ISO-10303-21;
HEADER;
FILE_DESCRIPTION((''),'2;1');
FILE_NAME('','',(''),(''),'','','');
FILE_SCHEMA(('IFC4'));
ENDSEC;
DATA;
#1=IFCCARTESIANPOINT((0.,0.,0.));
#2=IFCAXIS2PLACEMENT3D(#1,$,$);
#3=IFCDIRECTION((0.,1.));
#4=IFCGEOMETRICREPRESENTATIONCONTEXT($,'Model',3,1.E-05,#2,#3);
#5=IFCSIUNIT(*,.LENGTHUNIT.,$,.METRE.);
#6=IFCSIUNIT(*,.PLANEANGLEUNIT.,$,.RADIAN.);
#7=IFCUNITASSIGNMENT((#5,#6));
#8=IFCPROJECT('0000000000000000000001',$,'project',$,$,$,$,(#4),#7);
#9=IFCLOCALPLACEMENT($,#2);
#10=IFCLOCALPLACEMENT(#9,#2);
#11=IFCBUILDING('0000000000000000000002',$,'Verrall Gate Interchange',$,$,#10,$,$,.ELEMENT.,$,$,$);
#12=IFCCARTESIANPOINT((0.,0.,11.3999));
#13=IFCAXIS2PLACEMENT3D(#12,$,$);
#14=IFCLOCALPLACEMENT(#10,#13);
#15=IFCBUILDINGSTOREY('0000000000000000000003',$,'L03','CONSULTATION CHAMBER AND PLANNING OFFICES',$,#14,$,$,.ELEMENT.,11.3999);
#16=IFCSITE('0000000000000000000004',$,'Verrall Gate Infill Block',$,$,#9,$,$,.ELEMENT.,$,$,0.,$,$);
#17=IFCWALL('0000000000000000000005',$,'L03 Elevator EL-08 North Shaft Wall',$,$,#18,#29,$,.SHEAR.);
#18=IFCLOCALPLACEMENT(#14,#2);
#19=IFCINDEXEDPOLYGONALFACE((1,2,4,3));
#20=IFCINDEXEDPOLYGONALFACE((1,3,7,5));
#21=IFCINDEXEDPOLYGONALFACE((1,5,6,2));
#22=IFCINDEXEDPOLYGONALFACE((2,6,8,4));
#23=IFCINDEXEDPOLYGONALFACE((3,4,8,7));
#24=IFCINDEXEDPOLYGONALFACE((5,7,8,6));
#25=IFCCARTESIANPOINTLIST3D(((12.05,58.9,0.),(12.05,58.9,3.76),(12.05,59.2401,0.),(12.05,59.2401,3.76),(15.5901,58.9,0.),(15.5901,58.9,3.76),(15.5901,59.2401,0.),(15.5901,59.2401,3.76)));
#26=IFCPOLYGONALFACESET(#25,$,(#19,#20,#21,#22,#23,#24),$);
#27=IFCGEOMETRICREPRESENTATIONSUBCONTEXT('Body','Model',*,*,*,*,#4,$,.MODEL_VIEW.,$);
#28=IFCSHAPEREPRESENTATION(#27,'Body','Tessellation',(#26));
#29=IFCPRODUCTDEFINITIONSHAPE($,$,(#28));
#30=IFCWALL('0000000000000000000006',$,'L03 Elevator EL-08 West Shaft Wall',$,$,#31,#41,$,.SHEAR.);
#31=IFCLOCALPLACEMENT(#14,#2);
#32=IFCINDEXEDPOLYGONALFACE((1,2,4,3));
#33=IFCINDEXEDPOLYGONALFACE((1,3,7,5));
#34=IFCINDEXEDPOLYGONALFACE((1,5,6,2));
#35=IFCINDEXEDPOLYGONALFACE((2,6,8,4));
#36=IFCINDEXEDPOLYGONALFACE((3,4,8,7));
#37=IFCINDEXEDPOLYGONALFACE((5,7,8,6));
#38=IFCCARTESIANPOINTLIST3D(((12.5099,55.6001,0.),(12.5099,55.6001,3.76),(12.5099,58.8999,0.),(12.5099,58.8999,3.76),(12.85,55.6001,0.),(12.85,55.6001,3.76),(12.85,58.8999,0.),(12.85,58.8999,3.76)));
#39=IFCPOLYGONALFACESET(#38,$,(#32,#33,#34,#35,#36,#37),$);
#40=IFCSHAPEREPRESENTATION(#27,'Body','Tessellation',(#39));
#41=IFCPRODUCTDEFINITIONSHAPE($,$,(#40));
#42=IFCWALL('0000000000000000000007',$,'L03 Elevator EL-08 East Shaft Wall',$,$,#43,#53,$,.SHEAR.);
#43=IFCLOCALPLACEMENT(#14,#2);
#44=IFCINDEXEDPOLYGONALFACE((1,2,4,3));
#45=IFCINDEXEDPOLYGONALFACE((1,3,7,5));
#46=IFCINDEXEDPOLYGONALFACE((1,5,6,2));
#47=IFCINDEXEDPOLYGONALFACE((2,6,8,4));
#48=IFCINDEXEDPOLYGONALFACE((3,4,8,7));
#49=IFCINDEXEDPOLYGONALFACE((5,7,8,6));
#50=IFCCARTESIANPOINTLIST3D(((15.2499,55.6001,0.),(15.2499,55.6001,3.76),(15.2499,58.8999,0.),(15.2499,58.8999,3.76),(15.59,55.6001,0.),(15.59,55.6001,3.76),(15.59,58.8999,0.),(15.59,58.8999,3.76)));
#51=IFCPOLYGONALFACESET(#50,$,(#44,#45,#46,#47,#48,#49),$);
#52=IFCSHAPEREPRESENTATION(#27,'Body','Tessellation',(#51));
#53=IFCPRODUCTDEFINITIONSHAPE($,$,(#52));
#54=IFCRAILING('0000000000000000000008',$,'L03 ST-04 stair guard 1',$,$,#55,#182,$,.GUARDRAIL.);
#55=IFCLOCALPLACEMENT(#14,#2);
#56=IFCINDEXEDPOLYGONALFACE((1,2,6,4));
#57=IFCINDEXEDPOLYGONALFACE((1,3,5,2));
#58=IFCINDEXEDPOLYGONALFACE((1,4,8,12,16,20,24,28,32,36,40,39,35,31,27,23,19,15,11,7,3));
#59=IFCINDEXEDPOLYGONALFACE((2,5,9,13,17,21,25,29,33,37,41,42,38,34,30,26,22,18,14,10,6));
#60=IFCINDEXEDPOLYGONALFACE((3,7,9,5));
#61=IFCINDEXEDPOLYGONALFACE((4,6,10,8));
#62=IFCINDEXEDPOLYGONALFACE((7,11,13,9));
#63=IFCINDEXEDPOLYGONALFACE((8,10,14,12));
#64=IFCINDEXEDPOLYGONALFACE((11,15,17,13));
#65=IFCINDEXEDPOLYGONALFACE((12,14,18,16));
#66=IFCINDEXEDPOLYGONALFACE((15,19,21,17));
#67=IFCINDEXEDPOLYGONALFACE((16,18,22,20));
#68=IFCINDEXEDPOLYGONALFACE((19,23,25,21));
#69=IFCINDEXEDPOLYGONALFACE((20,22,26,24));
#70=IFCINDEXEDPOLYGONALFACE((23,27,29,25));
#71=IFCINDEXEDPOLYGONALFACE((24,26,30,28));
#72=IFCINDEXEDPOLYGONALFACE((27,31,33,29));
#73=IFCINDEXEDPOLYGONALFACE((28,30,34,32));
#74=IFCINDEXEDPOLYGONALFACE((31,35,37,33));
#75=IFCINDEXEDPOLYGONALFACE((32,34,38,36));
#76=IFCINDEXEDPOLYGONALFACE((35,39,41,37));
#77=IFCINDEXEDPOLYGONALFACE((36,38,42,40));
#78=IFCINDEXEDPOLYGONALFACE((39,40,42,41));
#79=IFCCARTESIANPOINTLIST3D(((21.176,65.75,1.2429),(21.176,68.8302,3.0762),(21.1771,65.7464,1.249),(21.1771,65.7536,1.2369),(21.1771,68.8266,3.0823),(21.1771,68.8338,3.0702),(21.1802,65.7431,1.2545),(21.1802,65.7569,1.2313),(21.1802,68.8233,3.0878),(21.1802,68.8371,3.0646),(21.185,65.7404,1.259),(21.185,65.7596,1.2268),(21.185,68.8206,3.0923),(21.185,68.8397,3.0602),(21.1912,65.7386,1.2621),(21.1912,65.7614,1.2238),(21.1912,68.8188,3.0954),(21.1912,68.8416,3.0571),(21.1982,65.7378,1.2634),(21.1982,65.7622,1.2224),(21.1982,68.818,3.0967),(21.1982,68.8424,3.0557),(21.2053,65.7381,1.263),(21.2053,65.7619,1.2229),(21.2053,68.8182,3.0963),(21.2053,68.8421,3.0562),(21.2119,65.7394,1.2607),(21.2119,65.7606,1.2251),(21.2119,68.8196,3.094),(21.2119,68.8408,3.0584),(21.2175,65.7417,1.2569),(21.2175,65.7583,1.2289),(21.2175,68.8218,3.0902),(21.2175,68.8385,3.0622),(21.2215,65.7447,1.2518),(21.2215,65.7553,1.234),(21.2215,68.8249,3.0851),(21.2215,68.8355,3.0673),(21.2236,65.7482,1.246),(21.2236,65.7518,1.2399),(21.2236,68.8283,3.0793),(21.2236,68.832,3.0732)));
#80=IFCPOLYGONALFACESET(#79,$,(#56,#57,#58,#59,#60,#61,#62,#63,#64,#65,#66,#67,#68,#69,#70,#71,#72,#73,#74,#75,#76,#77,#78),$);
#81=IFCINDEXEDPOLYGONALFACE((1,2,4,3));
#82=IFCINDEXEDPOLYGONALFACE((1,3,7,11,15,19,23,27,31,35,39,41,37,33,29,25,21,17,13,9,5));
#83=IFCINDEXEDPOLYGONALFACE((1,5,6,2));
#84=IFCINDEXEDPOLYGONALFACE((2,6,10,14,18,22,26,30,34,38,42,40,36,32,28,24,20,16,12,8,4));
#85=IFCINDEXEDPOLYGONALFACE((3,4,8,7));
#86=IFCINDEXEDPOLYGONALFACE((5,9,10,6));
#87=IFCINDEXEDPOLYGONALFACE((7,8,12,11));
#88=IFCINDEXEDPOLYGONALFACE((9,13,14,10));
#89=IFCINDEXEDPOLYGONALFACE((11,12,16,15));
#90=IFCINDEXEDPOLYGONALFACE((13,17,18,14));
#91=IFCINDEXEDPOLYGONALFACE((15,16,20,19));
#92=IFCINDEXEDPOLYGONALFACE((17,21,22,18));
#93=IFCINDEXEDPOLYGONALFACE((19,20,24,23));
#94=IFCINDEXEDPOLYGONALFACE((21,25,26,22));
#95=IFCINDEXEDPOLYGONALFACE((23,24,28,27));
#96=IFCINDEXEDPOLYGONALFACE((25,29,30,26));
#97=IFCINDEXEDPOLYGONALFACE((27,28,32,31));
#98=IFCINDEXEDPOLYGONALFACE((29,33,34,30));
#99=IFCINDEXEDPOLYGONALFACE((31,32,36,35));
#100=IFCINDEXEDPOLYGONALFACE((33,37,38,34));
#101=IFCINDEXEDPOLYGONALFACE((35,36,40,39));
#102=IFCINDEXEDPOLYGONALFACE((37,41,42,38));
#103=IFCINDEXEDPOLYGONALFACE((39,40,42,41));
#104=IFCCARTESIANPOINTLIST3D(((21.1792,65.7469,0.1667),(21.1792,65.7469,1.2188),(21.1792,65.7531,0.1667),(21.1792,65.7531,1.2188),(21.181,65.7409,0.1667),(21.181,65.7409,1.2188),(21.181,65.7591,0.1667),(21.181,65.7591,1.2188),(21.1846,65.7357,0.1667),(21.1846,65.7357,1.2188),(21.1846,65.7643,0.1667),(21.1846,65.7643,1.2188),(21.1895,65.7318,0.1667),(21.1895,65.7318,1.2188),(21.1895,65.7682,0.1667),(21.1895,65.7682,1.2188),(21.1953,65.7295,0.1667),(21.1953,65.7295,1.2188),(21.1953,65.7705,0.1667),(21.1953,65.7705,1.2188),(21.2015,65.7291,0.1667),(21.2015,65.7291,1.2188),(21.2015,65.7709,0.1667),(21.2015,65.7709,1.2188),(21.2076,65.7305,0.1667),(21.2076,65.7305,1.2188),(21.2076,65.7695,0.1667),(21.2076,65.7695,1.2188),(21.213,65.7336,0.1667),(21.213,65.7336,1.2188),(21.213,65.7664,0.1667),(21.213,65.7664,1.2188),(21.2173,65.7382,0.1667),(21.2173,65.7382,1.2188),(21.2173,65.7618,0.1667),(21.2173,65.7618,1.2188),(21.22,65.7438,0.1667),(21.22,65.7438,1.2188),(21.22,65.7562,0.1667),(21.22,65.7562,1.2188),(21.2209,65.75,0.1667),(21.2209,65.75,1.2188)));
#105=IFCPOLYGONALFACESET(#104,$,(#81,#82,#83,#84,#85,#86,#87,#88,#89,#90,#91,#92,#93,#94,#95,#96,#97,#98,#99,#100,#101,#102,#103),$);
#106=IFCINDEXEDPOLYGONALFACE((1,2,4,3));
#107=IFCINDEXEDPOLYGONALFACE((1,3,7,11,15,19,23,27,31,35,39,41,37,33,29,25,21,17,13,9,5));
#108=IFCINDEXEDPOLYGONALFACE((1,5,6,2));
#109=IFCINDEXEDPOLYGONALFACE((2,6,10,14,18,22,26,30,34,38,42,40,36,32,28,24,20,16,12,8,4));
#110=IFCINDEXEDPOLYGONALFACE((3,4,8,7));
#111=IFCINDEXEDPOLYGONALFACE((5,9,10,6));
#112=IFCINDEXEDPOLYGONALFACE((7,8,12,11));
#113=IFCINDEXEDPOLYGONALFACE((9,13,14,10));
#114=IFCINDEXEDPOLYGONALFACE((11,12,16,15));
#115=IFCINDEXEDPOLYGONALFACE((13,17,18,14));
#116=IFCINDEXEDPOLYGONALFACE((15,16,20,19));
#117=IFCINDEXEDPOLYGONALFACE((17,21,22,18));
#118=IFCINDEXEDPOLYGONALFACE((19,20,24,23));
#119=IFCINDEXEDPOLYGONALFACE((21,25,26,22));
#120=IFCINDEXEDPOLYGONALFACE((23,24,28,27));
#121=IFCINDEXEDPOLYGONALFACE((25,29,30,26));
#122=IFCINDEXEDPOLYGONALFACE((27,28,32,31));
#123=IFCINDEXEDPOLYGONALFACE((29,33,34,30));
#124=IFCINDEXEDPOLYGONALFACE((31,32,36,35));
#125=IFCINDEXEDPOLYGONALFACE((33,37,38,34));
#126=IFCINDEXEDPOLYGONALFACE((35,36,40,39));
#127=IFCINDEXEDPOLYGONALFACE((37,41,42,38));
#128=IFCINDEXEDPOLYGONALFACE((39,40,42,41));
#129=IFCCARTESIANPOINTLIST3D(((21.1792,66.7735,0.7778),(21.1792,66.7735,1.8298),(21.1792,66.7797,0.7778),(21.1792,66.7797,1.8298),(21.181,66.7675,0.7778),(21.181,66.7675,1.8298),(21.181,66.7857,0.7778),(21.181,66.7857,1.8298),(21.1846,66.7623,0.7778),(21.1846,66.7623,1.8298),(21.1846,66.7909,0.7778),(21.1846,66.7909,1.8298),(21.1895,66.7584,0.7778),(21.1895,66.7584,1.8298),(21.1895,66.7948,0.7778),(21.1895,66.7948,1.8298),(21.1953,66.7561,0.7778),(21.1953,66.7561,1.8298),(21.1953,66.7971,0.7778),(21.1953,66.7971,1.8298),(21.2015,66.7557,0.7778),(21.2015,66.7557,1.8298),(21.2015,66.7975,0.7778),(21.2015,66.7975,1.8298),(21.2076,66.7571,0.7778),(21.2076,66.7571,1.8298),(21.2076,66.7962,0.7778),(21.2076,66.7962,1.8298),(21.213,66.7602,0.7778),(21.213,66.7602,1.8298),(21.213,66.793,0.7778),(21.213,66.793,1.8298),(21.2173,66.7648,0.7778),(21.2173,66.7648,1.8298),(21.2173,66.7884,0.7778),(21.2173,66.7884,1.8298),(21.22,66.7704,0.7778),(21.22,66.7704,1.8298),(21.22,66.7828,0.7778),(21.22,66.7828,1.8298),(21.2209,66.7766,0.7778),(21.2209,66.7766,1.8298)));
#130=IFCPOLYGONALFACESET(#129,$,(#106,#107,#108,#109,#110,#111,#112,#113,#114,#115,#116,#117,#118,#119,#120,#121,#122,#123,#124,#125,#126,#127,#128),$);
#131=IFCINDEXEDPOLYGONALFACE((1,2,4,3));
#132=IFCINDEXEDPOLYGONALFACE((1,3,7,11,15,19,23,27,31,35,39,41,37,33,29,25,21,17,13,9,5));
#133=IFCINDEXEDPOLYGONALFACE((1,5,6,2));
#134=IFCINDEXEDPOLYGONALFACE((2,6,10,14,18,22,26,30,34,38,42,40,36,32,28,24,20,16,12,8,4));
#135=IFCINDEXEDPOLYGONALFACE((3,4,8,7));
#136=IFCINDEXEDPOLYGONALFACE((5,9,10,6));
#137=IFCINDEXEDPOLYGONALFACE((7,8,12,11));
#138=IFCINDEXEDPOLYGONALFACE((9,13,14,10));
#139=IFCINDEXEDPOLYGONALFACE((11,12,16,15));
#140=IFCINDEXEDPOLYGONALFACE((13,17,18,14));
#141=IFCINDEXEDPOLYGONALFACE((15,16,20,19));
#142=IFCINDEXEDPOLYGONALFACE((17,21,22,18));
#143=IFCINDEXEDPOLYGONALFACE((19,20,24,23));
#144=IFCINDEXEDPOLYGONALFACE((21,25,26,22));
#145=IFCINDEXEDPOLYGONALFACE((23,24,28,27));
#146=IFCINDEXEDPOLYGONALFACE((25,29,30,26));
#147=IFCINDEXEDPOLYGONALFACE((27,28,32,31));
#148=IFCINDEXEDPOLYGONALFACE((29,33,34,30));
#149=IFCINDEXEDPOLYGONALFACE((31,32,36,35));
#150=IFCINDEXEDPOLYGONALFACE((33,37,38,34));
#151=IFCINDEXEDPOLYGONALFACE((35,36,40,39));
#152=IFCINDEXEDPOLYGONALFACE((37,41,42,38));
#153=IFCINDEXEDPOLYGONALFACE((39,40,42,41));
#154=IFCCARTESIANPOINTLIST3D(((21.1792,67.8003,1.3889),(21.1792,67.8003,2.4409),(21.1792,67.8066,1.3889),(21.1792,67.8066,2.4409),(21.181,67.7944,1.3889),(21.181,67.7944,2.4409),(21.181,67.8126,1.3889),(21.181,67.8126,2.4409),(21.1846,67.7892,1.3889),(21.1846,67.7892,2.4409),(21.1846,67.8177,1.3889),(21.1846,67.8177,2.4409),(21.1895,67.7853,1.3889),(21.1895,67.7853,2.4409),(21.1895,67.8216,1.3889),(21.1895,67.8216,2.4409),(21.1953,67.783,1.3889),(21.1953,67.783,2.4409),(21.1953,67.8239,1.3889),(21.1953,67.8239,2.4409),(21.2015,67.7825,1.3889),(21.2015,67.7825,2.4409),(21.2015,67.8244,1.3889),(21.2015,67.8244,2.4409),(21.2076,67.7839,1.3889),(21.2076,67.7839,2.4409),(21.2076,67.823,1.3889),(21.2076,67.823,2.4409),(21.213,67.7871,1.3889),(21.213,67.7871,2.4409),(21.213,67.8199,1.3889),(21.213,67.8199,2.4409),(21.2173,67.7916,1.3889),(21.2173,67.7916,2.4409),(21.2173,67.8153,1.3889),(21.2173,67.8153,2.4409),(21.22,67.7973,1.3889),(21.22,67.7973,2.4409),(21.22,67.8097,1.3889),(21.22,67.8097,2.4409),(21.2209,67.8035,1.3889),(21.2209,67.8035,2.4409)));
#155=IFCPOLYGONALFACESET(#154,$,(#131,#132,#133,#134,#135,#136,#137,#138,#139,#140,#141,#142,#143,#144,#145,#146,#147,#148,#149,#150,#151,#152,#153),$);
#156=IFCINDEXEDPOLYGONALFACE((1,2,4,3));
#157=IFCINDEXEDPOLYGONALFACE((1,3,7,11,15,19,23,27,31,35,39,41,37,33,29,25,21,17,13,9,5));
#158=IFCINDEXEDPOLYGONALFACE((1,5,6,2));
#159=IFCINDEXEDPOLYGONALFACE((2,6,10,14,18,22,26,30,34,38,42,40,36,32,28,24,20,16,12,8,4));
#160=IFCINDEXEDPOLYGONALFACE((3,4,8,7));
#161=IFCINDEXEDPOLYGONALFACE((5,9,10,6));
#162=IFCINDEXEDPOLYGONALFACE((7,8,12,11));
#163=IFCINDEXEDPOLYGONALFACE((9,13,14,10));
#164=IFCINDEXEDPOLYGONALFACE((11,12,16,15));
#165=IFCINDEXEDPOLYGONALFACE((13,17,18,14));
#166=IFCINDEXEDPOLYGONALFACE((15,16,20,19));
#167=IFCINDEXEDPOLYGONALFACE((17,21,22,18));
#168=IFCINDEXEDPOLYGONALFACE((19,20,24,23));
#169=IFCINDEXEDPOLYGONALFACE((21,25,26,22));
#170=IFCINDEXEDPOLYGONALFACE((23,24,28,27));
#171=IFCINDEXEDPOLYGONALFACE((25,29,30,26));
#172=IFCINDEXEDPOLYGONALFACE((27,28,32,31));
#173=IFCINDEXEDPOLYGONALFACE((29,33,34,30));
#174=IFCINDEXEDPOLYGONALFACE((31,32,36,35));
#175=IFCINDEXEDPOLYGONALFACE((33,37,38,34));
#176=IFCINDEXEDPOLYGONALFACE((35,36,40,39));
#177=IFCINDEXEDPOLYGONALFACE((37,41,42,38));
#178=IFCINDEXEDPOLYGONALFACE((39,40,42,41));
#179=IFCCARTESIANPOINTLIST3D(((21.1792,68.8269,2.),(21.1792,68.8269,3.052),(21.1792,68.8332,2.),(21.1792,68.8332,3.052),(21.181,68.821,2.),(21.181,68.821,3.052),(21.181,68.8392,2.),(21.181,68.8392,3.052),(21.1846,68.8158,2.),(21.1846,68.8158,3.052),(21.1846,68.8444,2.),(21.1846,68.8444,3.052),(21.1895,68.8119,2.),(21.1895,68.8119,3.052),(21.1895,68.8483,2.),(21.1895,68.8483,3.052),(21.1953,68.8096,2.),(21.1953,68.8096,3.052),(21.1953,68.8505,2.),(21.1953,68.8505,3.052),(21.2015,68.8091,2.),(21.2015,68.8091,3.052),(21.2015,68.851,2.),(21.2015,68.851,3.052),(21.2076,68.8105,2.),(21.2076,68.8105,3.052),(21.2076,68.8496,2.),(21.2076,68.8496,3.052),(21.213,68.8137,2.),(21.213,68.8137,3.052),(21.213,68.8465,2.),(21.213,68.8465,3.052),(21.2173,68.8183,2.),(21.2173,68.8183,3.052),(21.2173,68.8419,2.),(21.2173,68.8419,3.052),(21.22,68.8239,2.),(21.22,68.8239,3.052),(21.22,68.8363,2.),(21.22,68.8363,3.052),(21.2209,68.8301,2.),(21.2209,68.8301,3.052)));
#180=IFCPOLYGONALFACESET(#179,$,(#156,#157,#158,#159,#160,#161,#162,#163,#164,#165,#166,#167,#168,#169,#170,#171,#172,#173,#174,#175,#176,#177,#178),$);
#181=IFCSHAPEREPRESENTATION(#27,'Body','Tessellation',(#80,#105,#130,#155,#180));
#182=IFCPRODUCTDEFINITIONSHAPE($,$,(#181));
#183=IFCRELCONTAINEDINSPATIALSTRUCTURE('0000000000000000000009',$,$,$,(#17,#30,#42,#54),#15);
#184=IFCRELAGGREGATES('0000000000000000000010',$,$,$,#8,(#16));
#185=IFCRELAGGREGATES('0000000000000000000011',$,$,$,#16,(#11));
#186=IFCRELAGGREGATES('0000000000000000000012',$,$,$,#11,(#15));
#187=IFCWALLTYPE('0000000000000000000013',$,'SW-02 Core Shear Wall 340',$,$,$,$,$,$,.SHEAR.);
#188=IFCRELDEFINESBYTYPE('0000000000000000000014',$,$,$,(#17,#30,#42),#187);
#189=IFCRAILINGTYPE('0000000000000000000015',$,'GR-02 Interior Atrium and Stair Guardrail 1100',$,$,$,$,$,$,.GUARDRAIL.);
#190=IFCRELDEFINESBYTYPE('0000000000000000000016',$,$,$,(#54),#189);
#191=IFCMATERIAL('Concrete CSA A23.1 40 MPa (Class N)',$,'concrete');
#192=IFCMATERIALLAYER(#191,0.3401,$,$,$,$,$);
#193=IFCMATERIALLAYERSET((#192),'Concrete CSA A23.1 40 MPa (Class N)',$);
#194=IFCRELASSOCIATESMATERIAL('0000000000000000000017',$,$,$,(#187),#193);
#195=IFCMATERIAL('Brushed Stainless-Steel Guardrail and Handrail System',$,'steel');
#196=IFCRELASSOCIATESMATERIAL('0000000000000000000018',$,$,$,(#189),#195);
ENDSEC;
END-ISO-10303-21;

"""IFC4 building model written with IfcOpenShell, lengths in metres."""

from ifc_helpers import new_model, si_unit, direction, frame, frame_2d, origin, origin_2d, place, context, subcontext, project, spatial, rectangle, circle, extrude, material, layer, layer_set, type_object, element, save


model = new_model("IFC4")

# Units and contexts
model_context = context("Model", 3, precision=1e-05, world=origin(), true_north=direction((0.0, 1.0)))
body_context = subcontext(model_context, "Body", "Model", "MODEL_VIEW")
ifc_project = project(units=[si_unit("LENGTHUNIT", "METRE"), si_unit("PLANEANGLEUNIT", "RADIAN")], contexts=[model_context])

# Site, building, storey
site_placement = place(None, origin())
site = spatial("IfcSite", under=ifc_project, at=site_placement, Name="Verrall Gate Infill Block", CompositionType="ELEMENT", RefElevation=0.0)
building_placement = place(site_placement, origin())
building = spatial("IfcBuilding", under=site, at=building_placement, Name="Verrall Gate Interchange", CompositionType="ELEMENT")
storey_placement = place(building_placement, frame((0.0, 0.0, 11.3999)))
storey = spatial("IfcBuildingStorey", under=building, at=storey_placement, Name="L03", Description="CONSULTATION CHAMBER AND PLANNING OFFICES", CompositionType="ELEMENT", Elevation=11.3999)

# Shared definitions
ifc_material_1 = material(Name="Concrete CSA A23.1 40 MPa (Class N)", Category="concrete")
ifc_layer_1 = layer(ifc_material_1, 0.3401)
ifc_layer_set_1 = layer_set([ifc_layer_1], Name="Concrete CSA A23.1 40 MPa (Class N)")
wall_type_1 = type_object("IfcWallType", Name="SW-02 Core Shear Wall 340", PredefinedType="SHEAR", material=ifc_layer_set_1)

# Walls
wall_1_placement = place(storey_placement, frame((15.5901, 59.0701, 0.0), z_axis=(0.0, 0.0, 1.0), x_axis=(-1.0, 0.0, 0.0)))
element("IfcWall", 1, at=wall_1_placement, inside=storey, type_object=wall_type_1, Name="L03 Elevator EL-08 North Shaft Wall", PredefinedType="SHEAR", context=body_context, shape_type="SweptSolid", body=[
    extrude(rectangle(XDim=3.54, YDim=0.3401, at=frame_2d((1.77, 0.0))), origin(), (0.0, 0.0, 1.0), 3.76),
])
for number, where, z_axis, x_axis, name in (
    (2, (12.6799, 58.8999, 0.0), (0.0, 0.0, 1.0), (0.0, -1.0, 0.0), "L03 Elevator EL-08 West Shaft Wall"),
    (3, (15.4199, 55.6001, 0.0), (0.0, 0.0, 1.0), (0.0, 1.0, 0.0), "L03 Elevator EL-08 East Shaft Wall"),
):
    element("IfcWall", number, at=place(storey_placement, frame(where, z_axis=z_axis, x_axis=x_axis)), inside=storey, type_object=wall_type_1, Name=name, PredefinedType="SHEAR", context=body_context, shape_type="SweptSolid", body=[
        extrude(rectangle(XDim=3.2998, YDim=0.3401, at=frame_2d((1.6499, 0.0))), origin(), (0.0, 0.0, 1.0), 3.76),
    ])

# Railing
ifc_material_2 = material(Name="Brushed Stainless-Steel Guardrail and Handrail System", Category="steel")
railing_type = type_object("IfcRailingType", Name="GR-02 Interior Atrium and Stair Guardrail 1100", PredefinedType="GUARDRAIL", material=ifc_material_2)
railing_1_placement = place(storey_placement, frame((21.2, 65.75, 0.1667)))
element("IfcRailing", 4, at=railing_1_placement, inside=storey, type_object=railing_type, Name="L03 ST-04 stair guard 1", PredefinedType="GUARDRAIL", context=body_context, shape_type="SweptSolid", body=[
    extrude(circle(Radius=0.0239, at=origin_2d()), frame((0.0, 0.0, 1.0762), z_axis=(0.0, 0.859309, 0.511458), x_axis=(-1.0, 0.0, 0.0)), (0.0, 0.0, 1.0), 3.5845),
    extrude(circle(Radius=0.021, at=origin_2d()), origin(), (0.0, 0.0, 1.0), 1.052),
    extrude(circle(Radius=0.021, at=origin_2d()), frame((0.0, 1.0266, 0.6111)), (0.0, 0.0, 1.0), 1.052),
    extrude(circle(Radius=0.021, at=origin_2d()), frame((0.0, 2.0535, 1.2222)), (0.0, 0.0, 1.0), 1.052),
    extrude(circle(Radius=0.021, at=origin_2d()), frame((0.0, 3.0801, 1.8333)), (0.0, 0.0, 1.0), 1.052),
])

save(model, "model.ifc")
